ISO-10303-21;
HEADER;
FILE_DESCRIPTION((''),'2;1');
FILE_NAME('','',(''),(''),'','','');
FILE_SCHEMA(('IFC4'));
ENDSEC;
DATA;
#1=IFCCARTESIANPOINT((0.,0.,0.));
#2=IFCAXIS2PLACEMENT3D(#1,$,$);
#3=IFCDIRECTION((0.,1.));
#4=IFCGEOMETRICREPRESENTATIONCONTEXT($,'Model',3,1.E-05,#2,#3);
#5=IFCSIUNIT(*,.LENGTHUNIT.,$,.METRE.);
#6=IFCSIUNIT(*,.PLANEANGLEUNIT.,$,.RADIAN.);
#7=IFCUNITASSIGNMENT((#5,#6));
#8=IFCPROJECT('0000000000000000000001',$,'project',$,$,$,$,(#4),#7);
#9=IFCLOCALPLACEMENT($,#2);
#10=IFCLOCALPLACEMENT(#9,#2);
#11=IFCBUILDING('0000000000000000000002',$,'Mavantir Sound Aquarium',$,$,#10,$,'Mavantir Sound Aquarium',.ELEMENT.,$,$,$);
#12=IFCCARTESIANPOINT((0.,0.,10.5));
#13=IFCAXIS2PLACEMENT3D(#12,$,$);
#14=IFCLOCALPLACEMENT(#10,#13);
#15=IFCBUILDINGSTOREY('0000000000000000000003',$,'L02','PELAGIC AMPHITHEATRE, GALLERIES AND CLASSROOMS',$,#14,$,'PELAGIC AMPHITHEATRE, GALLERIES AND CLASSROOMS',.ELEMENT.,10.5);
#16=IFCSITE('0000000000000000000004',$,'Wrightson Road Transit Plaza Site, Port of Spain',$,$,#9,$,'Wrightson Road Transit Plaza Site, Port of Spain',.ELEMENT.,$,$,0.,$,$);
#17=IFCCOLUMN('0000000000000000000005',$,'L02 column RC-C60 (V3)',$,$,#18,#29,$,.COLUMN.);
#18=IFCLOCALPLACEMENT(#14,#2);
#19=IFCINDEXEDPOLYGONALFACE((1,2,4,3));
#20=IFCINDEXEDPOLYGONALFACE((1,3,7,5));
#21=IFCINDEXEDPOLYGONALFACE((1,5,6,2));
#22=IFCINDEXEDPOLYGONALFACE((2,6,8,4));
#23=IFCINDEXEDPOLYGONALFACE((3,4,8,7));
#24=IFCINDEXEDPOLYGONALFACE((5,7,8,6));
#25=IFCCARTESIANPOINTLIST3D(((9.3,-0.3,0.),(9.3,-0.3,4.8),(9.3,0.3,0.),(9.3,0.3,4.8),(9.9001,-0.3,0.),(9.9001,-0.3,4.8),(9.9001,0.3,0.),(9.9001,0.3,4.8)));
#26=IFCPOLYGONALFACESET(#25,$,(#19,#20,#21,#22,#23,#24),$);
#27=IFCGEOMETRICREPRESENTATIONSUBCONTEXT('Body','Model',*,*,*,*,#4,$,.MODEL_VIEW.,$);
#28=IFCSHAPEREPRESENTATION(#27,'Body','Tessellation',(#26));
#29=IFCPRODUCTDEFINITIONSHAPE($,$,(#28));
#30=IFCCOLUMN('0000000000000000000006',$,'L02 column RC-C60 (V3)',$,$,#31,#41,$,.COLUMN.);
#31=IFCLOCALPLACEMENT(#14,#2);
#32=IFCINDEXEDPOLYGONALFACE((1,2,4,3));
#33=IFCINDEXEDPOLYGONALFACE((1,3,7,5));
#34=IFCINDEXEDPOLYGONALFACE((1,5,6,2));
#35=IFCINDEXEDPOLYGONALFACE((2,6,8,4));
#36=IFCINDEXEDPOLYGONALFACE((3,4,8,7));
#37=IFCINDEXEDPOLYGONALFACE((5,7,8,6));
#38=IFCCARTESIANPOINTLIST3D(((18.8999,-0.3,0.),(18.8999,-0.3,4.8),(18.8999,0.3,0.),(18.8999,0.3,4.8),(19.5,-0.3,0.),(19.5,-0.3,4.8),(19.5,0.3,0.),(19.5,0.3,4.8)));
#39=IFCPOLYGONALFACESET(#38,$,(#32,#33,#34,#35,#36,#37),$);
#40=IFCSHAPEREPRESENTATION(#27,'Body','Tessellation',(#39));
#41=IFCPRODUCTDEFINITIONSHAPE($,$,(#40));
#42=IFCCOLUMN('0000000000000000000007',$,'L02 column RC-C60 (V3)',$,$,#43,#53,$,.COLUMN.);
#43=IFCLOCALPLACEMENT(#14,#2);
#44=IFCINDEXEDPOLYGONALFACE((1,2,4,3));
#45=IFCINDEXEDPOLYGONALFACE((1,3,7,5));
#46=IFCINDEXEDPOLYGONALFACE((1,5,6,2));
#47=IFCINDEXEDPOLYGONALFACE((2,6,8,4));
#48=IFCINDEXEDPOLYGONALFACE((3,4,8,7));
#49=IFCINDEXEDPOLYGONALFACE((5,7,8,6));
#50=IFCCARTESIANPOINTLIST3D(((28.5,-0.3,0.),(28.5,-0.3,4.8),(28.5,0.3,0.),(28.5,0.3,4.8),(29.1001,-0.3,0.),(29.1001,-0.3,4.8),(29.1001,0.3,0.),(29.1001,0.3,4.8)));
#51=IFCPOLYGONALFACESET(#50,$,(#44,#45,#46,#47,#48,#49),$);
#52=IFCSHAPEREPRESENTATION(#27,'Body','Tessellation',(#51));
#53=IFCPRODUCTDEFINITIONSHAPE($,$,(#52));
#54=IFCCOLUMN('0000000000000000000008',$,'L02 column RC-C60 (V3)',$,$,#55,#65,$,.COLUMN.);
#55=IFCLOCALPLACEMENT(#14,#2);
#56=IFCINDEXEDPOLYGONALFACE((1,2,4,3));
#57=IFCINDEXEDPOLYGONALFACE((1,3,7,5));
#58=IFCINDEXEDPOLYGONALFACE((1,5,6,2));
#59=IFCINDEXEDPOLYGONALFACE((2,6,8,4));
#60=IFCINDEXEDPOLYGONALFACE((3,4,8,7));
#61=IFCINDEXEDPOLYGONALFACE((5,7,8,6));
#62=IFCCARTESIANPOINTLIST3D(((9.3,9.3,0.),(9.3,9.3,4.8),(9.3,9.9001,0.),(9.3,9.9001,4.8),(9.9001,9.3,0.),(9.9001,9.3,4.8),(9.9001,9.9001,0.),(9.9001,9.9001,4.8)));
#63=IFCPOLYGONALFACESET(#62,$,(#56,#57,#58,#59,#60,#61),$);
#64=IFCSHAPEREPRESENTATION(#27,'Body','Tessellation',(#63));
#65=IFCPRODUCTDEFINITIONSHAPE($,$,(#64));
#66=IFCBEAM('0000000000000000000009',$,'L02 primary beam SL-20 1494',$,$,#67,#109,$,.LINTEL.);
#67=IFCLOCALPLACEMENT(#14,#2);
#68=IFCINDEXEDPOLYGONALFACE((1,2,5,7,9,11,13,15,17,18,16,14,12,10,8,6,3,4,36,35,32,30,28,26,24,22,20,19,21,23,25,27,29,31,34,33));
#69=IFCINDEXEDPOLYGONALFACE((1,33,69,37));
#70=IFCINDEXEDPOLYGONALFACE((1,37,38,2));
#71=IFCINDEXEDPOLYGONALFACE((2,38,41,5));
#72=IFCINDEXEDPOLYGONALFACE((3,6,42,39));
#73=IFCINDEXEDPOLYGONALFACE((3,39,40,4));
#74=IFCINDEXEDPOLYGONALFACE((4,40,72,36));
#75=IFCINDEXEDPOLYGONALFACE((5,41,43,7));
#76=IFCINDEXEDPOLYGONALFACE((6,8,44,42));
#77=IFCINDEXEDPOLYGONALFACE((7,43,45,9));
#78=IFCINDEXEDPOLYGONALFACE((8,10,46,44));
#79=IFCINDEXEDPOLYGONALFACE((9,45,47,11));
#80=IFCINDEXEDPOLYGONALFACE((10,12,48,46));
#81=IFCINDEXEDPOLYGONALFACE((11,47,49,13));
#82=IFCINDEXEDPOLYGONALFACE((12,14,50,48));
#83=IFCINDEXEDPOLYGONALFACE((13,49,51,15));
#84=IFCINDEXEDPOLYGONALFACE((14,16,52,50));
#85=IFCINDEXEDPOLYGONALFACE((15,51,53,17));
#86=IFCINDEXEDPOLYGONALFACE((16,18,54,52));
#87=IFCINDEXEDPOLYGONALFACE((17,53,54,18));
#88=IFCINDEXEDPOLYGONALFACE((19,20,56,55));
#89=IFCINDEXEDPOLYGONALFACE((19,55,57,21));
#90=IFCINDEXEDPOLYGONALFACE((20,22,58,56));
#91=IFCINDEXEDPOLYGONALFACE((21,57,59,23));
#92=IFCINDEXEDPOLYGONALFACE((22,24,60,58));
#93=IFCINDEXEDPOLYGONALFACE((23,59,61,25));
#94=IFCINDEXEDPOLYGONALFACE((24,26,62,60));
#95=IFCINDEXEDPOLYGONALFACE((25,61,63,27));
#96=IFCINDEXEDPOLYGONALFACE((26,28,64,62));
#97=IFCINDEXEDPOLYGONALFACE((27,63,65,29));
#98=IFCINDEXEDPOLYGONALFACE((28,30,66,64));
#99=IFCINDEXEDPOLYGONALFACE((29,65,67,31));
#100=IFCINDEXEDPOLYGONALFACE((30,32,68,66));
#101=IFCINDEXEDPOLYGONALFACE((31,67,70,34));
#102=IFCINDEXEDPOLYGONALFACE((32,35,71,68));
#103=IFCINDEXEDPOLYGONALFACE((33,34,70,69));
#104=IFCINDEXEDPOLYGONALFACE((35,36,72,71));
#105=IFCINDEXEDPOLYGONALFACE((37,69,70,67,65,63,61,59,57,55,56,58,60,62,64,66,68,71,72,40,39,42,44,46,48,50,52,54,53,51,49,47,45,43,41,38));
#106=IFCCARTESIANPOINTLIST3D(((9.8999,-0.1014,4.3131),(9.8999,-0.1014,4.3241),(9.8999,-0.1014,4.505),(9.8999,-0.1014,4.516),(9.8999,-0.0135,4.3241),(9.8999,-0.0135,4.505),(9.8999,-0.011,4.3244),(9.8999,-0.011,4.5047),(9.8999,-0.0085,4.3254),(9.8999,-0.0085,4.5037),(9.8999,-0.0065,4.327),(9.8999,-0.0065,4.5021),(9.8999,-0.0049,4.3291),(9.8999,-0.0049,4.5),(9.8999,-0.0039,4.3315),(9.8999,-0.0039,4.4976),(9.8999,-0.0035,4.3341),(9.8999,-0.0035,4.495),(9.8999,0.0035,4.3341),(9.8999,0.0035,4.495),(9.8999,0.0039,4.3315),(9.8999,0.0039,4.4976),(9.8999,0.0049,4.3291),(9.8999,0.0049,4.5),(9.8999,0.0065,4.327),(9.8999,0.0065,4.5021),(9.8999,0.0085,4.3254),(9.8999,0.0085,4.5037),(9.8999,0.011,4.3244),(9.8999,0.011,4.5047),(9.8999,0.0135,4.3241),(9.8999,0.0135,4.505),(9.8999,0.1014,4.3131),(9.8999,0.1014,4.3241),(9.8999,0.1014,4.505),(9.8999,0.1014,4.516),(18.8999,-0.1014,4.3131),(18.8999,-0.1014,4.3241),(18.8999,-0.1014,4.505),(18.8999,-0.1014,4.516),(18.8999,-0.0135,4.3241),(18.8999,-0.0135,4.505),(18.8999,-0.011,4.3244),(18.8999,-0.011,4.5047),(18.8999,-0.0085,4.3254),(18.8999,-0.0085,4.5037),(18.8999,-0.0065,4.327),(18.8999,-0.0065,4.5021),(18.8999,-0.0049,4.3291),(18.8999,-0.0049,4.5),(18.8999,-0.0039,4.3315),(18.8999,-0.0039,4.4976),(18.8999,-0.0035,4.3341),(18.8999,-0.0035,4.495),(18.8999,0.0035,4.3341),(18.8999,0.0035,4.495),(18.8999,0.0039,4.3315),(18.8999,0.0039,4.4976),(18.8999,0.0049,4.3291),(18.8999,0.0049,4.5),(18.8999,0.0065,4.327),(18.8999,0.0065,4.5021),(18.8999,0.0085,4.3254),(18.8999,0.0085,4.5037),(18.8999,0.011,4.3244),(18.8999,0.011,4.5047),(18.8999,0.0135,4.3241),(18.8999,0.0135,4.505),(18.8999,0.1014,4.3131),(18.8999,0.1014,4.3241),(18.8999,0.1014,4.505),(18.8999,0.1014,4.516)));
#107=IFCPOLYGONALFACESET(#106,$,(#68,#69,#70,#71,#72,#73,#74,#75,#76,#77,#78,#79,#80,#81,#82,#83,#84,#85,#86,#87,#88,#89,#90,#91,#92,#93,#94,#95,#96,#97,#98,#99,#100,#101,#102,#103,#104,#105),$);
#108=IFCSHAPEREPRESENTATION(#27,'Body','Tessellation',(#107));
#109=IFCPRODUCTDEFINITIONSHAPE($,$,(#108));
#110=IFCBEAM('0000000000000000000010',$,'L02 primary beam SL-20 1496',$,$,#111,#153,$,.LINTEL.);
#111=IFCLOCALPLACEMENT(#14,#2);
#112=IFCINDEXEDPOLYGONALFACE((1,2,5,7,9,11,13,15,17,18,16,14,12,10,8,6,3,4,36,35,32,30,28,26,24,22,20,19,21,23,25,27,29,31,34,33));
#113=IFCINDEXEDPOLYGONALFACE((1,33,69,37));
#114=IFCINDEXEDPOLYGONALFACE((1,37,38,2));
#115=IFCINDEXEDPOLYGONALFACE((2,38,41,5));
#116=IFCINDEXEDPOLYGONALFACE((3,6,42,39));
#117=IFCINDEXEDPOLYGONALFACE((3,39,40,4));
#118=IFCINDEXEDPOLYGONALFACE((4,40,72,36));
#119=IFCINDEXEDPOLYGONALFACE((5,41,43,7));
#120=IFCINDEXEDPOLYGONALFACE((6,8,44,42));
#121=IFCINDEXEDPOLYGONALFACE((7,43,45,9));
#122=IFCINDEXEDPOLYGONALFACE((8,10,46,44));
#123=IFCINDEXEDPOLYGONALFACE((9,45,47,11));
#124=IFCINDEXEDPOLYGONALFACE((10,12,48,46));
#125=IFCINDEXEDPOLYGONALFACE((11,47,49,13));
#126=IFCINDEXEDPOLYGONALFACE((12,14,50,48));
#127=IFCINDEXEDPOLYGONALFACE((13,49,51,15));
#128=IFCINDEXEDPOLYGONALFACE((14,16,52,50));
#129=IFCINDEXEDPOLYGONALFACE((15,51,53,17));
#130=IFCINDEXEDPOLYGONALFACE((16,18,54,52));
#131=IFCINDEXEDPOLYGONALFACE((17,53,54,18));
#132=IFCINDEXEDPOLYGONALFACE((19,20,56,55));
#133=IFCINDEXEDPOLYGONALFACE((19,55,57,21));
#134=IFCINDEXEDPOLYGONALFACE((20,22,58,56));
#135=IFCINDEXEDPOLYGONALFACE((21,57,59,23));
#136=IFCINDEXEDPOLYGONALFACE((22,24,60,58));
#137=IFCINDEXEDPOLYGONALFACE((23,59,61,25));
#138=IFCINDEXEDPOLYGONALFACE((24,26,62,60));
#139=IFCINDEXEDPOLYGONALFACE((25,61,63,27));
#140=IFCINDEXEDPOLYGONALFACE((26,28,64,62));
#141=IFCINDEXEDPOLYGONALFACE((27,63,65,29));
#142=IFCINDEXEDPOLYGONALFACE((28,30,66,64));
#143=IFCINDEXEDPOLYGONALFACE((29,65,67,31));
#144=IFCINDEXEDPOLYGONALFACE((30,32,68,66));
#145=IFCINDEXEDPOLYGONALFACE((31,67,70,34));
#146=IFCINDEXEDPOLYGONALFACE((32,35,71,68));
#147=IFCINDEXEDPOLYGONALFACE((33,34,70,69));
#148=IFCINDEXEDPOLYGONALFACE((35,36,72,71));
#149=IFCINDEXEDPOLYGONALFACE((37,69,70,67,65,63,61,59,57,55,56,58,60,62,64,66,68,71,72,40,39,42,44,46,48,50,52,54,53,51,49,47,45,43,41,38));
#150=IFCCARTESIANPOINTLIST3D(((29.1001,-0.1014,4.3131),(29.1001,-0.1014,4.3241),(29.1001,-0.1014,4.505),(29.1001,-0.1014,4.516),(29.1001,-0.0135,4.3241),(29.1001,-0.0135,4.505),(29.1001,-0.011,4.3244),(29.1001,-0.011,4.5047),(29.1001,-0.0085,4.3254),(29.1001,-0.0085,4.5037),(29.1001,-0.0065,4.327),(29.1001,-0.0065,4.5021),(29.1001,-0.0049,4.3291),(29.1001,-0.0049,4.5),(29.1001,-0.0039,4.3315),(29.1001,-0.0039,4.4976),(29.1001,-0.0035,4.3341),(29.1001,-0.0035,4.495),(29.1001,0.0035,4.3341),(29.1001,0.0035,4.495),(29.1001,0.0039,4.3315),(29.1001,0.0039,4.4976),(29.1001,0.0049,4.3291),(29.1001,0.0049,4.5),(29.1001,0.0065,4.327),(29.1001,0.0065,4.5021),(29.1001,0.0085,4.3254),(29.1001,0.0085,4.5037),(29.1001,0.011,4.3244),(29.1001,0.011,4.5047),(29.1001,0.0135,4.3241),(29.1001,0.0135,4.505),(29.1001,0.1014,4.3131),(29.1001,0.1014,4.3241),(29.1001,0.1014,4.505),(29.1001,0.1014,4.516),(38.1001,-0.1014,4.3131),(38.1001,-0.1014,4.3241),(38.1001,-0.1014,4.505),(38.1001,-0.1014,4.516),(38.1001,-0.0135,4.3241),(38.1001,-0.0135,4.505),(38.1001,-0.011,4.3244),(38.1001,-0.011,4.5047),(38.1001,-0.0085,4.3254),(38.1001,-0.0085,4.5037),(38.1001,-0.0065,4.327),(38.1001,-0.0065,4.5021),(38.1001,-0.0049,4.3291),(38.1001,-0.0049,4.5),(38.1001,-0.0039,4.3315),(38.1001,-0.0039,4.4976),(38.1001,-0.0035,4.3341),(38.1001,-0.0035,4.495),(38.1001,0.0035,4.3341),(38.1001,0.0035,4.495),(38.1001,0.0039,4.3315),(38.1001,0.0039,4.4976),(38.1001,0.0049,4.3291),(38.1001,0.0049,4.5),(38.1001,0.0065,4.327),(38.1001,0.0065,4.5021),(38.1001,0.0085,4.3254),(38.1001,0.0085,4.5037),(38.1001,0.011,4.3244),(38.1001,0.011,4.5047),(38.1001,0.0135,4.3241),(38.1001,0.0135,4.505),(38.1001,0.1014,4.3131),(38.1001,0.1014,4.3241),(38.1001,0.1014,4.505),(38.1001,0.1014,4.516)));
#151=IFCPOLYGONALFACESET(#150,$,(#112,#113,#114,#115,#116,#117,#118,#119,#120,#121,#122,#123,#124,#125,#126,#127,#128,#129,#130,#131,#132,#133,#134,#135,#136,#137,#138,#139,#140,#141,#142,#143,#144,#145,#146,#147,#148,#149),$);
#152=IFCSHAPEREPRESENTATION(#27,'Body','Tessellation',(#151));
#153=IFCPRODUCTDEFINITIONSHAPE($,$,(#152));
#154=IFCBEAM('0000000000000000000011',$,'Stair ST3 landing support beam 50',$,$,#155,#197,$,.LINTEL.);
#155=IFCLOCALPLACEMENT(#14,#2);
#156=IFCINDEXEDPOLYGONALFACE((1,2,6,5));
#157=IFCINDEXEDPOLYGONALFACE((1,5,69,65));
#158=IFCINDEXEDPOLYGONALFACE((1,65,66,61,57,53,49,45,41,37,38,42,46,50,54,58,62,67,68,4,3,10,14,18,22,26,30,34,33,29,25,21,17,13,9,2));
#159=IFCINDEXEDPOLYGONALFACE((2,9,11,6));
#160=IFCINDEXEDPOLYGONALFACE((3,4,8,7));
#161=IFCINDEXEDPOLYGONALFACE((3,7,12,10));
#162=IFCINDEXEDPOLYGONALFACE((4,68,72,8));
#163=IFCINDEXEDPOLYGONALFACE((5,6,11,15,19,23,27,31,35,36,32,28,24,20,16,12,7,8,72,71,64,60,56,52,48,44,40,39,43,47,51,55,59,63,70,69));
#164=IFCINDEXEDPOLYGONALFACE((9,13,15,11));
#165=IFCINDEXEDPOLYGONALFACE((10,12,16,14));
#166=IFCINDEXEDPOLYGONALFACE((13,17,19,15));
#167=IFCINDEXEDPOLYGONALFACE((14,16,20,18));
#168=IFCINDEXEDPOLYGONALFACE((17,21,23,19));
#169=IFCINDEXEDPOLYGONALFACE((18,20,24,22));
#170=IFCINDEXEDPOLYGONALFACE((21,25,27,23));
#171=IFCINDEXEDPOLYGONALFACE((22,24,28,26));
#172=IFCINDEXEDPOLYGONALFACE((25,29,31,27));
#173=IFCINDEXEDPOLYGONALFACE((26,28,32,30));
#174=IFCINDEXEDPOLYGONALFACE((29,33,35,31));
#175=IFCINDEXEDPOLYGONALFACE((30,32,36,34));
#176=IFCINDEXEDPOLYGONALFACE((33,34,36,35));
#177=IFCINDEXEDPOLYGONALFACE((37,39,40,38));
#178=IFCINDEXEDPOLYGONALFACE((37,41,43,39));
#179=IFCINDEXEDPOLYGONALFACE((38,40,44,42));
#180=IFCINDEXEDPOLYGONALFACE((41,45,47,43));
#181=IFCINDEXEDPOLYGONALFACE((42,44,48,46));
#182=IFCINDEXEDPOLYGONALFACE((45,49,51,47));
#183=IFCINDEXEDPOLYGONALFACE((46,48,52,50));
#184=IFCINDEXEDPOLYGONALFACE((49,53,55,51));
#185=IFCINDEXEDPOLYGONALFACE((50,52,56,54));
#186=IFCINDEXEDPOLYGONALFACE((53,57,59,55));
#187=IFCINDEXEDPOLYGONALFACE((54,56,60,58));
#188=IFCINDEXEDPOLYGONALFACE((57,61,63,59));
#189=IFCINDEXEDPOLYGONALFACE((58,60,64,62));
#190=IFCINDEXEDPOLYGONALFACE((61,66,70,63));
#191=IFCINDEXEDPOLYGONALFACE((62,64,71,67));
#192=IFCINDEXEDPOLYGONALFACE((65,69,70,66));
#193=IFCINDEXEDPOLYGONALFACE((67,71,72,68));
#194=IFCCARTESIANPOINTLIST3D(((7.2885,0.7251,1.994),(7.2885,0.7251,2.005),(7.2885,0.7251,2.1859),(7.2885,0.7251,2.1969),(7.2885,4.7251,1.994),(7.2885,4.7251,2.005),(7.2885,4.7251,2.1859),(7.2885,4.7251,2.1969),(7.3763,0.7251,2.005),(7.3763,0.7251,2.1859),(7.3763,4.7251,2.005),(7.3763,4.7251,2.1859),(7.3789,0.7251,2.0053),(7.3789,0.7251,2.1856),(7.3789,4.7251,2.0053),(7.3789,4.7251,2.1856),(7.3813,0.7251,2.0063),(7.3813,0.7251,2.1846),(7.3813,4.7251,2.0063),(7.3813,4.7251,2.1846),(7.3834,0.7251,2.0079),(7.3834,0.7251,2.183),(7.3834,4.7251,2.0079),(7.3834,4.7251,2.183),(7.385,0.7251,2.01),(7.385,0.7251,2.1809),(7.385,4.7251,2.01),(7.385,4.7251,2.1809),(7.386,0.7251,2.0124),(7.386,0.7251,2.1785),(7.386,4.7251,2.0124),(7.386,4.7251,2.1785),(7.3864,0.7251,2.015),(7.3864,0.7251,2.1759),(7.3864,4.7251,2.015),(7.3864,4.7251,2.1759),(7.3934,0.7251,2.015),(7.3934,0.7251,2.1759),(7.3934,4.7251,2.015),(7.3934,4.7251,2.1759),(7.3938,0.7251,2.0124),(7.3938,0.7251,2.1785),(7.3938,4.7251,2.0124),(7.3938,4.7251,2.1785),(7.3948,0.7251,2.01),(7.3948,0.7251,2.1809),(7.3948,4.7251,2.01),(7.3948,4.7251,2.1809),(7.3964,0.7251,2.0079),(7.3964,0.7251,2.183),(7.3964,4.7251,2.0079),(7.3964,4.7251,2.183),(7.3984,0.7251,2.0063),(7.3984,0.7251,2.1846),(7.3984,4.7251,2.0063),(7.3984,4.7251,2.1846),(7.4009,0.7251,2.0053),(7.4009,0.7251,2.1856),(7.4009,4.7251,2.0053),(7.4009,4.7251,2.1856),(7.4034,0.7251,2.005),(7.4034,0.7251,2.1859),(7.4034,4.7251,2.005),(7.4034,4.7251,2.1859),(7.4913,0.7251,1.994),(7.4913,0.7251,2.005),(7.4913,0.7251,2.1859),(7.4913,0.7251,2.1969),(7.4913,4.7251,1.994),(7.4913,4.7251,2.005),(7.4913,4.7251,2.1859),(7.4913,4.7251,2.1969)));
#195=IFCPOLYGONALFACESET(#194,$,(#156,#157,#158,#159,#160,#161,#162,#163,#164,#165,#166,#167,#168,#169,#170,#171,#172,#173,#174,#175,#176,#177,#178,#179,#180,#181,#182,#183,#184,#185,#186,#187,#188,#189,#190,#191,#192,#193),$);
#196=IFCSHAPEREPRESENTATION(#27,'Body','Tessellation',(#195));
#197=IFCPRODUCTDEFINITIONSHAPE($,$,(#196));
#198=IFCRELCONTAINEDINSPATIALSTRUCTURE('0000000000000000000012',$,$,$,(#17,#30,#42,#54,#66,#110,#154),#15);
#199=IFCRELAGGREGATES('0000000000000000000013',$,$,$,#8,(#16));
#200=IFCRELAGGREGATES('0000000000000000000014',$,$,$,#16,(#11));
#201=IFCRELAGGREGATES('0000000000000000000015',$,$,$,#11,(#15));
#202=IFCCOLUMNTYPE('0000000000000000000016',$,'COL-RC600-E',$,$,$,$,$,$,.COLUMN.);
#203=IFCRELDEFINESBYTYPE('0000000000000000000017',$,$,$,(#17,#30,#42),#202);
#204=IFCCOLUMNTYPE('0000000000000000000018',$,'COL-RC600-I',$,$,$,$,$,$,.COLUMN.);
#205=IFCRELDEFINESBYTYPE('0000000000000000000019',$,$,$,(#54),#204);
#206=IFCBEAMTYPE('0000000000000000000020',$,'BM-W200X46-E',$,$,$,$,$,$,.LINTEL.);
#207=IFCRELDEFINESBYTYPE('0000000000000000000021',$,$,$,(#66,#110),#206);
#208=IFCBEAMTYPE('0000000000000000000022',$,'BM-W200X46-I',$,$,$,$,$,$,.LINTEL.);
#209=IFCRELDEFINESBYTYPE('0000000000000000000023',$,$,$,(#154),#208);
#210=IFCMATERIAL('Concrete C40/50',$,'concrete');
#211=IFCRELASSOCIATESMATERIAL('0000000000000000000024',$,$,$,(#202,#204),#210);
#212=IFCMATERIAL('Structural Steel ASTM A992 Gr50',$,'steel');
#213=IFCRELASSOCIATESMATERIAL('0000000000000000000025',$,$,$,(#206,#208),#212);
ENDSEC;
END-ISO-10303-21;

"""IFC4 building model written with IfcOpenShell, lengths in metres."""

from ifc_helpers import new_model, si_unit, direction, frame, origin, origin_2d, place, context, subcontext, project, spatial, rectangle, i_section, extrude, material, material_profile, profile_set, type_object, element, save


model = new_model("IFC4")

# Units and contexts
model_context = context("Model", 3, precision=1e-05, world=origin(), true_north=direction((0.0, 1.0)))
body_context = subcontext(model_context, "Body", "Model", "MODEL_VIEW")
ifc_project = project(units=[si_unit("LENGTHUNIT", "METRE"), si_unit("PLANEANGLEUNIT", "RADIAN")], contexts=[model_context])

# Site, building, storey
site_placement = place(None, origin())
site = spatial("IfcSite", under=ifc_project, at=site_placement, Name="Wrightson Road Transit Plaza Site, Port of Spain", LongName="Wrightson Road Transit Plaza Site, Port of Spain", CompositionType="ELEMENT", RefElevation=0.0)
building_placement = place(site_placement, origin())
building = spatial("IfcBuilding", under=site, at=building_placement, Name="Mavantir Sound Aquarium", LongName="Mavantir Sound Aquarium", CompositionType="ELEMENT")
storey_placement = place(building_placement, frame((0.0, 0.0, 10.5)))
storey = spatial("IfcBuildingStorey", under=building, at=storey_placement, Name="L02", Description="PELAGIC AMPHITHEATRE, GALLERIES AND CLASSROOMS", LongName="PELAGIC AMPHITHEATRE, GALLERIES AND CLASSROOMS", CompositionType="ELEMENT", Elevation=10.5)

# Columns
ifc_material_1 = material(Name="Concrete C40/50", Category="concrete")
ifc_material_profile_1 = material_profile(ifc_material_1, rectangle(XDim=0.6001, YDim=0.6001, at=origin_2d()), Name="RC 600X600")
ifc_profile_set_1 = profile_set([ifc_material_profile_1], Name="Concrete C40/50")
column_type_1 = type_object("IfcColumnType", Name="COL-RC600-E", PredefinedType="COLUMN", material=ifc_profile_set_1)
for number, where, z_axis, x_axis, name in (
    (1, (9.6001, 0.0, 0.0), (0.0, 0.0, 1.0), (1.0, 0.0, 0.0), "L02 column RC-C60 (V3)"),
    (2, (19.2, 0.0, 0.0), (0.0, 0.0, 1.0), (1.0, 0.0, 0.0), "L02 column RC-C60 (V3)"),
    (3, (28.8, 0.0, 0.0), (0.0, 0.0, 1.0), (1.0, 0.0, 0.0), "L02 column RC-C60 (V3)"),
):
    element("IfcColumn", number, at=place(storey_placement, frame(where, z_axis=z_axis, x_axis=x_axis)), inside=storey, type_object=column_type_1, Name=name, PredefinedType="COLUMN", context=body_context, shape_type="SweptSolid", body=[
        extrude(rectangle(XDim=0.6001, YDim=0.6001, at=origin_2d()), origin(), (0.0, 0.0, 1.0), 4.8),
    ])
ifc_material_profile_2 = material_profile(ifc_material_1, rectangle(XDim=0.6001, YDim=0.6001, at=origin_2d()), Name="RC 600X600")
ifc_profile_set_2 = profile_set([ifc_material_profile_2], Name="Concrete C40/50")
column_type_2 = type_object("IfcColumnType", Name="COL-RC600-I", PredefinedType="COLUMN", material=ifc_profile_set_2)
column_placement = place(storey_placement, frame((9.6001, 9.6001, 0.0), z_axis=(0.0, 0.0, 1.0), x_axis=(1.0, 0.0, 0.0)))
element("IfcColumn", 4, at=column_placement, inside=storey, type_object=column_type_2, Name="L02 column RC-C60 (V3)", PredefinedType="COLUMN", context=body_context, shape_type="SweptSolid", body=[
    extrude(rectangle(XDim=0.6001, YDim=0.6001, at=origin_2d()), origin(), (0.0, 0.0, 1.0), 4.8),
])

# Beams
ifc_material_2 = material(Name="Structural Steel ASTM A992 Gr50", Category="steel")
ifc_material_profile_3 = material_profile(ifc_material_2, i_section(OverallWidth=0.2029, OverallDepth=0.2029, WebThickness=0.0071, FlangeThickness=0.011, FilletRadius=0.01, at=origin_2d()), Name="W200X46")
ifc_profile_set_3 = profile_set([ifc_material_profile_3], Name="Structural Steel ASTM A992 Gr50")
beam_type_1 = type_object("IfcBeamType", Name="BM-W200X46-E", PredefinedType="LINTEL", material=ifc_profile_set_3)
for number, where, z_axis, x_axis, name in (
    (5, (9.8999, 0.0, 4.4146), (1.0, 0.0, 0.0), (0.0, 1.0, 0.0), "L02 primary beam SL-20 1494"),
    (6, (29.1001, 0.0, 4.4146), (1.0, 0.0, 0.0), (0.0, 1.0, 0.0), "L02 primary beam SL-20 1496"),
):
    element("IfcBeam", number, at=place(storey_placement, frame(where, z_axis=z_axis, x_axis=x_axis)), inside=storey, type_object=beam_type_1, Name=name, PredefinedType="LINTEL", context=body_context, shape_type="SweptSolid", body=[
        extrude(i_section(OverallWidth=0.2029, OverallDepth=0.2029, WebThickness=0.0071, FlangeThickness=0.011, FilletRadius=0.01, at=origin_2d()), origin(), (0.0, 0.0, 1.0), 9.0),
    ])
ifc_material_profile_4 = material_profile(ifc_material_2, i_section(OverallWidth=0.2029, OverallDepth=0.2029, WebThickness=0.0071, FlangeThickness=0.011, FilletRadius=0.01, at=origin_2d()), Name="W200X46")
ifc_profile_set_4 = profile_set([ifc_material_profile_4], Name="Structural Steel ASTM A992 Gr50")
beam_type_2 = type_object("IfcBeamType", Name="BM-W200X46-I", PredefinedType="LINTEL", material=ifc_profile_set_4)
for number, where, z_axis, x_axis, name in (
    (7, (7.3899, 0.7251, 2.0955), (0.0, 1.0, 0.0), (-1.0, 0.0, 0.0), "Stair ST3 landing support beam 50"),
):
    element("IfcBeam", number, at=place(storey_placement, frame(where, z_axis=z_axis, x_axis=x_axis)), inside=storey, type_object=beam_type_2, Name=name, PredefinedType="LINTEL", context=body_context, shape_type="SweptSolid", body=[
        extrude(i_section(OverallWidth=0.2029, OverallDepth=0.2029, WebThickness=0.0071, FlangeThickness=0.011, FilletRadius=0.01, at=origin_2d()), origin(), (0.0, 0.0, 1.0), 4.0),
    ])

save(model, "model.ifc")
